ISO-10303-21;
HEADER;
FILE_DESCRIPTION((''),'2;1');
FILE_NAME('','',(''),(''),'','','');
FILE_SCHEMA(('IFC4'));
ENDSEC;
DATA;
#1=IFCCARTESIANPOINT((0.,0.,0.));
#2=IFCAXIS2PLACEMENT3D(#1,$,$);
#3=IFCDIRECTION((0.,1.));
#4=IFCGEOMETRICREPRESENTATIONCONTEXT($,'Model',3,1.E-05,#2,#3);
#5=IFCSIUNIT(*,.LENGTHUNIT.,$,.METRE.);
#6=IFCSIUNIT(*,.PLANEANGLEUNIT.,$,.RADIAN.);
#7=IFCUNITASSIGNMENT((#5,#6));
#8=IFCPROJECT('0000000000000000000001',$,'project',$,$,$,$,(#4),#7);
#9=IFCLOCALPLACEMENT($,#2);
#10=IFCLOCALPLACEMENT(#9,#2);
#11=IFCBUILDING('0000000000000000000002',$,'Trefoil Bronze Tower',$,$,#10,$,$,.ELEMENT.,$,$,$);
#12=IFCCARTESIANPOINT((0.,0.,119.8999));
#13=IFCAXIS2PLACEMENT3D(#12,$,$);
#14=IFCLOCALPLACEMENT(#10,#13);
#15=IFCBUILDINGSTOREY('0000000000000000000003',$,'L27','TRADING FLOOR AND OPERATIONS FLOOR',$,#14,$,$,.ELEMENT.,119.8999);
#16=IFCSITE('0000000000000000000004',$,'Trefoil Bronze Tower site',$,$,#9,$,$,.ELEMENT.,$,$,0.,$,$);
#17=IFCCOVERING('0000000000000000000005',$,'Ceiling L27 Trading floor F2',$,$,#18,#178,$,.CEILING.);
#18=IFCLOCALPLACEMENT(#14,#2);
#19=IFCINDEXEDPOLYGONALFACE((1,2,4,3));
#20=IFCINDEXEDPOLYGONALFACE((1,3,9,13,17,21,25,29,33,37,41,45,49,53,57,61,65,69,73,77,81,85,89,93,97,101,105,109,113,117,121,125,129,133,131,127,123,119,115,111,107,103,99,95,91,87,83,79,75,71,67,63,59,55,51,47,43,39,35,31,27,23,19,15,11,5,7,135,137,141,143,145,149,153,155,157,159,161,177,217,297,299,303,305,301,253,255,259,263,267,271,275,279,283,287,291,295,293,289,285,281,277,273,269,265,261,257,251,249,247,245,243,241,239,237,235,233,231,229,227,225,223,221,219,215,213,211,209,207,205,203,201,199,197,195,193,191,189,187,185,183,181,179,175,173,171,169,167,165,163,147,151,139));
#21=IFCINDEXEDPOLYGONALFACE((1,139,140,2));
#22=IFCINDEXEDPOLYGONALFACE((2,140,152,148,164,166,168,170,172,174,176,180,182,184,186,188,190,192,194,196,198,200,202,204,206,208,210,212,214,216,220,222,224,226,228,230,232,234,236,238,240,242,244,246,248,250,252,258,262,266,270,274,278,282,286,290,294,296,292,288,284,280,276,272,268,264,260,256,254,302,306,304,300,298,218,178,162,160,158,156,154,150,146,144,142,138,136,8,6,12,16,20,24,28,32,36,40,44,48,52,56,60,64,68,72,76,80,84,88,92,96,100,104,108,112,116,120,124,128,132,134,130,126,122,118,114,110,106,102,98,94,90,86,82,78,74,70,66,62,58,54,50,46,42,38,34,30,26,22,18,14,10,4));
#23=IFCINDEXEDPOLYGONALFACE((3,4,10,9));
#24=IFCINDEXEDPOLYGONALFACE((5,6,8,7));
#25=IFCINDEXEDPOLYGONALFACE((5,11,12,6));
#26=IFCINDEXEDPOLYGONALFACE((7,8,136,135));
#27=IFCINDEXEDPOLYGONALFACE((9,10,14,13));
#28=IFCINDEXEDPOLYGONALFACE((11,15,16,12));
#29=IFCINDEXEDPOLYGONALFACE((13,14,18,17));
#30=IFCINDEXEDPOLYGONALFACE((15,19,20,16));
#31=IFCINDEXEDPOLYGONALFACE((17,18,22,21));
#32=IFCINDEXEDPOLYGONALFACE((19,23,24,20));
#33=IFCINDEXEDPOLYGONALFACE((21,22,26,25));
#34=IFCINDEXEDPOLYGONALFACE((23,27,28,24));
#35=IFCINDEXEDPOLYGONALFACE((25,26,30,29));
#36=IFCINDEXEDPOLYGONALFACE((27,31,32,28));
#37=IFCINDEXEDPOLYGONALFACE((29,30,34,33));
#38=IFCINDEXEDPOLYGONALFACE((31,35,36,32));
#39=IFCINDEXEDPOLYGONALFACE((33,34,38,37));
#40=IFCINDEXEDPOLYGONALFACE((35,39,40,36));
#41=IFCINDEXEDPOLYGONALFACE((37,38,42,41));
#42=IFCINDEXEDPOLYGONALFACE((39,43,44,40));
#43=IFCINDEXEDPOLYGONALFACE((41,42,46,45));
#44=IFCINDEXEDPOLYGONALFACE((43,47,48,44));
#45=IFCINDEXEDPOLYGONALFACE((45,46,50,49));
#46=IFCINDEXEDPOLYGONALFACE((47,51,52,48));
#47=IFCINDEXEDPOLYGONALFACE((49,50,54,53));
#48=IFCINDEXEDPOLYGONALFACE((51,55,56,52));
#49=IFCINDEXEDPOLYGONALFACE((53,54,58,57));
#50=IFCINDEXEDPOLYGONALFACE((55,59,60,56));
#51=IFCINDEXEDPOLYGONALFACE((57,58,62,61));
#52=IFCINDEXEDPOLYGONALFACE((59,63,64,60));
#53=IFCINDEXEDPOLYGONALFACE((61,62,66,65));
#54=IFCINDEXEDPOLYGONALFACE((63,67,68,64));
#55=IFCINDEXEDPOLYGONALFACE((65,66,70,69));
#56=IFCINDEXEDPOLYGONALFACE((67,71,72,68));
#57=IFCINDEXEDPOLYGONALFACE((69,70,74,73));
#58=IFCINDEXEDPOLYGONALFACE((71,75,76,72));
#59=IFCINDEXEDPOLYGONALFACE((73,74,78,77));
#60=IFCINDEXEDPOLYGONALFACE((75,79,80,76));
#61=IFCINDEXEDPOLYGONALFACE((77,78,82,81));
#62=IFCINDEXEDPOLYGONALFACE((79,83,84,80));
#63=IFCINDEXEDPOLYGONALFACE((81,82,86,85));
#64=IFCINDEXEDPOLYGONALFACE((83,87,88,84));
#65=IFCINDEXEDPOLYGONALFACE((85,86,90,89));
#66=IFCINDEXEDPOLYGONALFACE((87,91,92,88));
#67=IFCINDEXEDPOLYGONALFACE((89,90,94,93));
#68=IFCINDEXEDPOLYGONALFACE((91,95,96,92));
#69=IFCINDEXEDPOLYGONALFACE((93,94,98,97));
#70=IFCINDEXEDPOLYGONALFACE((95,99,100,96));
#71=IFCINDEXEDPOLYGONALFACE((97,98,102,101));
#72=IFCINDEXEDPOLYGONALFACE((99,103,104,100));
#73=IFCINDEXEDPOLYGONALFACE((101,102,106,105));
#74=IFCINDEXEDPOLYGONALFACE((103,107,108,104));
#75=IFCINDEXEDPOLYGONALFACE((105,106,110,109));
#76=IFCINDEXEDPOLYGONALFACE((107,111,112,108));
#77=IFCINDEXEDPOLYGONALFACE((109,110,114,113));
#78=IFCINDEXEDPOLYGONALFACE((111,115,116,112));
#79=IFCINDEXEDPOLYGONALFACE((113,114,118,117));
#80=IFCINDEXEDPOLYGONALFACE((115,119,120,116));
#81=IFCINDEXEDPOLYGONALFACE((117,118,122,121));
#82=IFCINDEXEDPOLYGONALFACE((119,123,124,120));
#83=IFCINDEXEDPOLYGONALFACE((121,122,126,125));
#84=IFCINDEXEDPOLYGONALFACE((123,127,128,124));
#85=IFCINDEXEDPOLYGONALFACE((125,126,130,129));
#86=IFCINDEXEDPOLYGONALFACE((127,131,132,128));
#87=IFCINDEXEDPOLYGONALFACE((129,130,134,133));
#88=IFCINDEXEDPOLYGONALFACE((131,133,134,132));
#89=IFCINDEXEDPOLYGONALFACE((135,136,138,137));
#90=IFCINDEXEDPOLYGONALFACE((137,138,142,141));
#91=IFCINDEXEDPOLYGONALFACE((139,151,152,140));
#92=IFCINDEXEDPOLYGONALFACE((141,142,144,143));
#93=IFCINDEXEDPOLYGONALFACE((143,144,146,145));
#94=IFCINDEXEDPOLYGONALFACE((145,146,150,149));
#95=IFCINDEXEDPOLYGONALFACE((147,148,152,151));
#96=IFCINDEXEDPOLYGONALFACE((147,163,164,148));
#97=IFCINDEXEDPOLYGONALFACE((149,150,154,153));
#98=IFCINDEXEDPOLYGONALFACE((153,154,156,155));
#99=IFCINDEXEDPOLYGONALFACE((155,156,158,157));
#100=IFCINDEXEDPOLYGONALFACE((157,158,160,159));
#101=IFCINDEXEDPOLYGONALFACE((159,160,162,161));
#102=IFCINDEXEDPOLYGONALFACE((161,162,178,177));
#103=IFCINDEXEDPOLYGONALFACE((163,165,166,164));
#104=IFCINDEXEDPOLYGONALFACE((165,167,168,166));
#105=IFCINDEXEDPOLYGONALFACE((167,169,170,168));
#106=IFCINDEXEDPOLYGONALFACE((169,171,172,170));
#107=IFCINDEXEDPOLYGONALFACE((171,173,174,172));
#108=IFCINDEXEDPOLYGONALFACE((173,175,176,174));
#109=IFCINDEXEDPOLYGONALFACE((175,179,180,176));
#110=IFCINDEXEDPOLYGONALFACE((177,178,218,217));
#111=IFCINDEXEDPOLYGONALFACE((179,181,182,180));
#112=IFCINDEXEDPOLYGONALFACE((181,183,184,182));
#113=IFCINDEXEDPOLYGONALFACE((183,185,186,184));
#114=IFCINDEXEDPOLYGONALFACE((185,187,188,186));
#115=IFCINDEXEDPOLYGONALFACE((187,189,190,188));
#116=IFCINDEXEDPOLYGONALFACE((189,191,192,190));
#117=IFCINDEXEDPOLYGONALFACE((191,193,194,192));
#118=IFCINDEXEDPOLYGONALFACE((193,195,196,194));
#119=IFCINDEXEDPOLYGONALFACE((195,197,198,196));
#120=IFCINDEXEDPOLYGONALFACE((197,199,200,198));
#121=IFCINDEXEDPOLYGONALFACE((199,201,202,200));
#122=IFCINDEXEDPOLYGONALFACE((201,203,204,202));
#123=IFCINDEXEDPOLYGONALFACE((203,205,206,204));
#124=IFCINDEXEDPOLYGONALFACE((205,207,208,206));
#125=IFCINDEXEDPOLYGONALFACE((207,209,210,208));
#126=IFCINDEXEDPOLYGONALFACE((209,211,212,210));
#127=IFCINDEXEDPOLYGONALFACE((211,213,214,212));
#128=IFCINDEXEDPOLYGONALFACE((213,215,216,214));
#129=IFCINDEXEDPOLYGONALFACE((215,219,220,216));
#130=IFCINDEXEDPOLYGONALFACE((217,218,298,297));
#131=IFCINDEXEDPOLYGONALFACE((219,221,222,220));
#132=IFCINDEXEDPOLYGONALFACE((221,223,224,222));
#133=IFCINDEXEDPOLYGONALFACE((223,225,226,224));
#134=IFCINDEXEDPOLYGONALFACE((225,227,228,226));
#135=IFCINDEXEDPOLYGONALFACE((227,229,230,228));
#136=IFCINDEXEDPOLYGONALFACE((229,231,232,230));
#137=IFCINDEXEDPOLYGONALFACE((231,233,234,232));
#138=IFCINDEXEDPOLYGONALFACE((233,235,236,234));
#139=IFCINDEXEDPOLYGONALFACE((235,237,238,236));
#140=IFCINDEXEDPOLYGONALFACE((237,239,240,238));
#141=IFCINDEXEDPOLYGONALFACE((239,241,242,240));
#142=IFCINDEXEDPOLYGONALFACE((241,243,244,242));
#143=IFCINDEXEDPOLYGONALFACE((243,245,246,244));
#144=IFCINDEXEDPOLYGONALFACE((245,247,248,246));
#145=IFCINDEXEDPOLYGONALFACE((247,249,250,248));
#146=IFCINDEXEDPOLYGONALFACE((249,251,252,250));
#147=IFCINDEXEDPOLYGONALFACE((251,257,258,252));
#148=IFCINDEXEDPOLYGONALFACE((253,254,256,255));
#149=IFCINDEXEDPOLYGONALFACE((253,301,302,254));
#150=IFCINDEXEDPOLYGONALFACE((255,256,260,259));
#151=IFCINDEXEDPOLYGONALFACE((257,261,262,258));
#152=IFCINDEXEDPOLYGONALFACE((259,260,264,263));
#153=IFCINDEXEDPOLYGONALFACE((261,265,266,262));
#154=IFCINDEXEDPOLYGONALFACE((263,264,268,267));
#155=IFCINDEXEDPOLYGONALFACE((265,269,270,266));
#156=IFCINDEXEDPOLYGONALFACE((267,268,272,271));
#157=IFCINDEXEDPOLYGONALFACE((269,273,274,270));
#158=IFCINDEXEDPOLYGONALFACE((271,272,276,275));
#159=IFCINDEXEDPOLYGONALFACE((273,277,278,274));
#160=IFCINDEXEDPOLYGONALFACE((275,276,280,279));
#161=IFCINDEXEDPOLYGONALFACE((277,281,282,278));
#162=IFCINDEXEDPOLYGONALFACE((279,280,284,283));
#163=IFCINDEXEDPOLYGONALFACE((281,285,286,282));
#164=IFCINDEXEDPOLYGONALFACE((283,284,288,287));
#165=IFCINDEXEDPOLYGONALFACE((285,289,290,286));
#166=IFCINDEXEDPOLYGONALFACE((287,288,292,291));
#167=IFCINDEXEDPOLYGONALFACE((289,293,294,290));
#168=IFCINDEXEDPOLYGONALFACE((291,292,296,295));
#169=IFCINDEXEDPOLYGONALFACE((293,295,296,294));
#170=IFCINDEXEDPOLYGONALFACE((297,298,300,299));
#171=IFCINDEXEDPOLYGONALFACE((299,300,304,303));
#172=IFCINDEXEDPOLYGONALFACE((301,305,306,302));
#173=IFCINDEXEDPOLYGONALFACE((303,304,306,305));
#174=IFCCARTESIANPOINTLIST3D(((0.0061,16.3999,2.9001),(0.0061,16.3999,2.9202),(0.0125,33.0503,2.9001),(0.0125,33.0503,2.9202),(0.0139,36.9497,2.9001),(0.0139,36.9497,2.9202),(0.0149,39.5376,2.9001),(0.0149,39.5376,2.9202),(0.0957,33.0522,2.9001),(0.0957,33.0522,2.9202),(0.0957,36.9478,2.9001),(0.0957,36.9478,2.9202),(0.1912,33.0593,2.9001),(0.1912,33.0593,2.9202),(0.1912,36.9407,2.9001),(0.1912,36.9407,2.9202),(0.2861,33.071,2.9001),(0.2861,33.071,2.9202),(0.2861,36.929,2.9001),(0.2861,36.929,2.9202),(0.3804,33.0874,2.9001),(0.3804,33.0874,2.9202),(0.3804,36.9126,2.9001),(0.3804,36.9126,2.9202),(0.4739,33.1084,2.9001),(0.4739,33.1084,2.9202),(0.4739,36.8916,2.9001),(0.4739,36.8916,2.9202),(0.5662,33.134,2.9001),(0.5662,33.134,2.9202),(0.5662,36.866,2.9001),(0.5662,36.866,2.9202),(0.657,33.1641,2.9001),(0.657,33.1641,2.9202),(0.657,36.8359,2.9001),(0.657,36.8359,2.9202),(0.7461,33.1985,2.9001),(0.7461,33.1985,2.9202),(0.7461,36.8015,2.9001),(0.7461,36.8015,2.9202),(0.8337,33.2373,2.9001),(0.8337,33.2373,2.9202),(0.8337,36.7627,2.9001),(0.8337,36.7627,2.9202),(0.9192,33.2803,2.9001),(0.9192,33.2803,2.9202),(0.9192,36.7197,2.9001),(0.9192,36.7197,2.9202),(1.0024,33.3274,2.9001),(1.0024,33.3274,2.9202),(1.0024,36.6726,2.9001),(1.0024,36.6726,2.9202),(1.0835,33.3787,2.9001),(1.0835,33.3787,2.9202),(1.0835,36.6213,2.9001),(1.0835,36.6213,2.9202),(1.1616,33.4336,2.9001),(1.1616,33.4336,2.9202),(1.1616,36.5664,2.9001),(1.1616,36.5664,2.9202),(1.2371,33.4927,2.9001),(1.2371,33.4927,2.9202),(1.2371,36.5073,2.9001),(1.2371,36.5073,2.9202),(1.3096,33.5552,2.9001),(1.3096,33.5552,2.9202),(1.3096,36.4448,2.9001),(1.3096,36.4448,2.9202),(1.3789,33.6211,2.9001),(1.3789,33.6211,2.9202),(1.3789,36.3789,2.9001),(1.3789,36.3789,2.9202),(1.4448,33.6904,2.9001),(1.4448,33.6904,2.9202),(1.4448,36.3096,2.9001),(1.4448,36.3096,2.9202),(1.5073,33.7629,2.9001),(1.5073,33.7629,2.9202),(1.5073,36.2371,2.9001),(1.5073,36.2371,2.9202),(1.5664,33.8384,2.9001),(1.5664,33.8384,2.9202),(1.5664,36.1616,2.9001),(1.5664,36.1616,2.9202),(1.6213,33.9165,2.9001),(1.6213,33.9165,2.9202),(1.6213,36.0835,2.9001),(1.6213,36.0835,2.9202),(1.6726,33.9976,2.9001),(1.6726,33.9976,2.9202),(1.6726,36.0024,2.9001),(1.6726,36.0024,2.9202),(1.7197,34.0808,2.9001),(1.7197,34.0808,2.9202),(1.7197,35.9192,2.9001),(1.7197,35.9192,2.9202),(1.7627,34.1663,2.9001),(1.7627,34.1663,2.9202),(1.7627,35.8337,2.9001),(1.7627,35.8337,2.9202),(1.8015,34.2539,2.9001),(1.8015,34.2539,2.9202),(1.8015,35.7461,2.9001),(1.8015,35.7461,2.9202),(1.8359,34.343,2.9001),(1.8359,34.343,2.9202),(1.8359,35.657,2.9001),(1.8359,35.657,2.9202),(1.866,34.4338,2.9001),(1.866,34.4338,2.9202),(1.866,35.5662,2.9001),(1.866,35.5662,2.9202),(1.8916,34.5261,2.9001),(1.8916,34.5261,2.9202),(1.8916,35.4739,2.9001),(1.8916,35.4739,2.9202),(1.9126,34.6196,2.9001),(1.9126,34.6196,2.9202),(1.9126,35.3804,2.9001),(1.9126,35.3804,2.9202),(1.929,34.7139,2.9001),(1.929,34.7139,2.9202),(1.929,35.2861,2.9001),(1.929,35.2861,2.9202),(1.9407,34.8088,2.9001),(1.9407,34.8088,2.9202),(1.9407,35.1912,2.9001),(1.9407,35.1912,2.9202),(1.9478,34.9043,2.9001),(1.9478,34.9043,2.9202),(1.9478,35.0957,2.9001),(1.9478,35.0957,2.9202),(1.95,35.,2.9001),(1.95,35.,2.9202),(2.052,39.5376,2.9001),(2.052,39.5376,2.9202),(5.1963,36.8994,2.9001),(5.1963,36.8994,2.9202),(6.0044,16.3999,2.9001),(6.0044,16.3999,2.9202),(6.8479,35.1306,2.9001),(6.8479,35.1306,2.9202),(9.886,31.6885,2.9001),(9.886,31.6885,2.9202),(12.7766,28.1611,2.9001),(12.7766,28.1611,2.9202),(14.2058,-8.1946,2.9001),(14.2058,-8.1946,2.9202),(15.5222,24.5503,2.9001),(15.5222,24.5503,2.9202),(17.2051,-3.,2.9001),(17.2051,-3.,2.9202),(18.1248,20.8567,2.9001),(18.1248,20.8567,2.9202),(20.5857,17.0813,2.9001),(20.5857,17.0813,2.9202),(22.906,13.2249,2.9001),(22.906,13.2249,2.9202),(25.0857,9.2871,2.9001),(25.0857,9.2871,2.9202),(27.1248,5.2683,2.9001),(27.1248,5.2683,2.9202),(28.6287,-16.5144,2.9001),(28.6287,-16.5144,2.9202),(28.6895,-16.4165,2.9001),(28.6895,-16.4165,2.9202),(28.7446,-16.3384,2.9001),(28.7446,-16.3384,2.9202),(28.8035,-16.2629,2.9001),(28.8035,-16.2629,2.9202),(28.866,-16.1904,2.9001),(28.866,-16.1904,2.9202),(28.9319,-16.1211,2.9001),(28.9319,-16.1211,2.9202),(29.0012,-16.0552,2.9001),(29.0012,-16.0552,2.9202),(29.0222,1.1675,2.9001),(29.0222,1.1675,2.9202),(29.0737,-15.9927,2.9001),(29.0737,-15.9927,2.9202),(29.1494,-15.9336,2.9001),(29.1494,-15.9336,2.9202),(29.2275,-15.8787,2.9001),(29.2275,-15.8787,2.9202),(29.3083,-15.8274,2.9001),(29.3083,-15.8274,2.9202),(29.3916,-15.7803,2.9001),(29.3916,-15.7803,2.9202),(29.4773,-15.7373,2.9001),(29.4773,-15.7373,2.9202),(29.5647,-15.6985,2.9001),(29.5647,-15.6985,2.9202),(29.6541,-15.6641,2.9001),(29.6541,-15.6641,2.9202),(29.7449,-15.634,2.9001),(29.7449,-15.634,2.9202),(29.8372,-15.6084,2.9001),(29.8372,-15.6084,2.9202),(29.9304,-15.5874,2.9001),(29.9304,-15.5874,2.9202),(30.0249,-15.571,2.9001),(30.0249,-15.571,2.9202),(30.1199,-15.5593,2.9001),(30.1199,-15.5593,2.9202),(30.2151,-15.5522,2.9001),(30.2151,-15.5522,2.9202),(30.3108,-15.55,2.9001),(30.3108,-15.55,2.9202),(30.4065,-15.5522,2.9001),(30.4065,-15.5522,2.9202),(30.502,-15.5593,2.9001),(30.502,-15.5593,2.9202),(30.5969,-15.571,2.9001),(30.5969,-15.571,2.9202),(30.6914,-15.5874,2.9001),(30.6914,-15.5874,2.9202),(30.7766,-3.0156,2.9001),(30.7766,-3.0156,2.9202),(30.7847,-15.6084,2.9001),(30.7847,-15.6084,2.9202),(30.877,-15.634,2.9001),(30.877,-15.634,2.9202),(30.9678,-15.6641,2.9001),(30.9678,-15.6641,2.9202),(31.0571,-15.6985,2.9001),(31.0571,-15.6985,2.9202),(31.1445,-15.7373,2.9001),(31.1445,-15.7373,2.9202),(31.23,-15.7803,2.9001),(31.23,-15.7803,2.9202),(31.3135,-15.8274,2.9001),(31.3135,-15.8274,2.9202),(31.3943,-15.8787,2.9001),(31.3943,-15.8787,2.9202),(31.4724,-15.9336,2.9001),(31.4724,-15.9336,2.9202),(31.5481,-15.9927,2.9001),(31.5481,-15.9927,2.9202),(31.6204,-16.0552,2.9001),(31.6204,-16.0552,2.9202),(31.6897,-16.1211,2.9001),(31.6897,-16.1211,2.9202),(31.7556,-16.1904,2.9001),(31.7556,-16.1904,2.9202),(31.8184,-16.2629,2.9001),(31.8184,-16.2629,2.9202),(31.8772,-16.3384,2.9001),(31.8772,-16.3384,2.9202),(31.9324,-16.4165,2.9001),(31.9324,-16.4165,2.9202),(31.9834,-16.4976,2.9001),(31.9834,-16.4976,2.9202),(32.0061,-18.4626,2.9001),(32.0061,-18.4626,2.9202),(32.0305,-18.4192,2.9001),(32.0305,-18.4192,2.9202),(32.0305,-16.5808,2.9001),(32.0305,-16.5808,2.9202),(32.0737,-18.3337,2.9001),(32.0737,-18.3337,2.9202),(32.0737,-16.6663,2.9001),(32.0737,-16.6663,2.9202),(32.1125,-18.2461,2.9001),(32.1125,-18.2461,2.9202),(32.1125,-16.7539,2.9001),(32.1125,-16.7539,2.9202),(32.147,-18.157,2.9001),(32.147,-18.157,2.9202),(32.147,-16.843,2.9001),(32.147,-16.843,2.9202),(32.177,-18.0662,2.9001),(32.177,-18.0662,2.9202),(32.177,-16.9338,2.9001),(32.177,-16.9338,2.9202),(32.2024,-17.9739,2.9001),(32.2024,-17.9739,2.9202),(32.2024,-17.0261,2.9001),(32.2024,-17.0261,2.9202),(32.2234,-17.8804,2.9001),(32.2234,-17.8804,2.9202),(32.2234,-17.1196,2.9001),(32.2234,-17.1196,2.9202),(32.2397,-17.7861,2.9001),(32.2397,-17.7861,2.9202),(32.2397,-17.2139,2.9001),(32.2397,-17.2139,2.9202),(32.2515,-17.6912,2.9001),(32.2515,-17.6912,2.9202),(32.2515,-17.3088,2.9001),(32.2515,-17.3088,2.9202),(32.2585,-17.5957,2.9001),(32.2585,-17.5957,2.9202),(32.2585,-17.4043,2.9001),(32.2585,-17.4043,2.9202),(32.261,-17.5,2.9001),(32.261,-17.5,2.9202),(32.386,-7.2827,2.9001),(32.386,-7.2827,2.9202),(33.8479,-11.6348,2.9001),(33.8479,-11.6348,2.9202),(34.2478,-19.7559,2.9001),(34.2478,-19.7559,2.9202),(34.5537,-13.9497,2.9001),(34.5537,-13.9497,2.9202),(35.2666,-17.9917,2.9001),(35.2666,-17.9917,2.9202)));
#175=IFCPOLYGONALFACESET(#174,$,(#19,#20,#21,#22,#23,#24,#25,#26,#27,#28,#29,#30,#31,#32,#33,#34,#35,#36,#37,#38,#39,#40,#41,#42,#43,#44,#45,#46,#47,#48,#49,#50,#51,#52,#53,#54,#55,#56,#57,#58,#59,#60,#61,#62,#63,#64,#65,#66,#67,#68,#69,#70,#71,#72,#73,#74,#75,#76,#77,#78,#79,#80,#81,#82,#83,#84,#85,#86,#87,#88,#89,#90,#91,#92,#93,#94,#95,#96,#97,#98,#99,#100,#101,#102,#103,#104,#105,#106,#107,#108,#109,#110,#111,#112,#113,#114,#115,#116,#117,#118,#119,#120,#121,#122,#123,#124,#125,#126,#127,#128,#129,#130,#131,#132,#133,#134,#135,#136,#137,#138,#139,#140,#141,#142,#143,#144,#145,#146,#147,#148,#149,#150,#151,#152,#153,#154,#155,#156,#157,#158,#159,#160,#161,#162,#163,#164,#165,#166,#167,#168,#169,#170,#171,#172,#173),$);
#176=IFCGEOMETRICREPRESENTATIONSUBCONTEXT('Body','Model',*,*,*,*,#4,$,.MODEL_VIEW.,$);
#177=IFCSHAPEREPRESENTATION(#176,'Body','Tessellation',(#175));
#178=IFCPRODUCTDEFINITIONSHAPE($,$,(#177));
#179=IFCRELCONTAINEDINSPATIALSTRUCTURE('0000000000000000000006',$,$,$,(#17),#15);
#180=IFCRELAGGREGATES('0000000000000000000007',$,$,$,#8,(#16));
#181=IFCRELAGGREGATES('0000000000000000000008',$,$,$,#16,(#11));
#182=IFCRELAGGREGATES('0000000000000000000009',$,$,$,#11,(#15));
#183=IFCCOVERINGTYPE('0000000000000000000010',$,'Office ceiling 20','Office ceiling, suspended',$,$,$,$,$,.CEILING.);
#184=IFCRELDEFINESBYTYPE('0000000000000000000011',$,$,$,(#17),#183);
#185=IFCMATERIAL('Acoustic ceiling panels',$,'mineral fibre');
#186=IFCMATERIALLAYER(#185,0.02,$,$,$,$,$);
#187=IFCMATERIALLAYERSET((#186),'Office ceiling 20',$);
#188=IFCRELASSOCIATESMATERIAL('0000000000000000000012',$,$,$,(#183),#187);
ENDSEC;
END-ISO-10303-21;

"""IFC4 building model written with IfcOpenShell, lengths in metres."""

from ifc_helpers import new_model, si_unit, direction, frame, origin, place, context, subcontext, project, spatial, polyline, outline, extrude, material, layer, layer_set, type_object, element, save


model = new_model("IFC4")

# Units and contexts
model_context = context("Model", 3, precision=1e-05, world=origin(), true_north=direction((0.0, 1.0)))
body_context = subcontext(model_context, "Body", "Model", "MODEL_VIEW")
ifc_project = project(units=[si_unit("LENGTHUNIT", "METRE"), si_unit("PLANEANGLEUNIT", "RADIAN")], contexts=[model_context])

# Site, building, storey
site_placement = place(None, origin())
site = spatial("IfcSite", under=ifc_project, at=site_placement, Name="Trefoil Bronze Tower site", CompositionType="ELEMENT", RefElevation=0.0)
building_placement = place(site_placement, origin())
building = spatial("IfcBuilding", under=site, at=building_placement, Name="Trefoil Bronze Tower", CompositionType="ELEMENT")
storey_placement = place(building_placement, frame((0.0, 0.0, 119.8999)))
storey = spatial("IfcBuildingStorey", under=building, at=storey_placement, Name="L27", Description="TRADING FLOOR AND OPERATIONS FLOOR", CompositionType="ELEMENT", Elevation=119.8999)

# Covering
ifc_material_1 = material(Name="Acoustic ceiling panels", Category="mineral fibre")
ifc_layer_1 = layer(ifc_material_1, 0.02)
ifc_layer_set_1 = layer_set([ifc_layer_1], Name="Office ceiling 20")
covering_type_1 = type_object("IfcCoveringType", Name="Office ceiling 20", Description="Office ceiling, suspended", PredefinedType="CEILING", material=ifc_layer_set_1)
covering_1_placement = place(storey_placement, frame((0.0, 0.0, 2.9001)))
element("IfcCovering", 1, at=covering_1_placement, inside=storey, type_object=covering_type_1, Name="Ceiling L27 Trading floor F2", PredefinedType="CEILING", context=body_context, shape_type="SweptSolid", body=[
    extrude(outline(polyline([(6.8479, 35.1306), (9.886, 31.6885), (12.7766, 28.1611), (15.5222, 24.5503), (18.1248, 20.8567), (20.5857, 17.0813), (22.906, 13.2249), (25.0857, 9.2871), (27.1248, 5.2683), (29.0222, 1.1675), (30.7766, -3.0156), (32.386, -7.2827), (33.8479, -11.6348), (34.5537, -13.9497), (35.2666, -17.9917), (34.2478, -19.7559), (32.0061, -18.4626), (32.0305, -18.4192), (32.0737, -18.3337), (32.1125, -18.2461), (32.147, -18.157), (32.177, -18.0662), (32.2024, -17.9739), (32.2234, -17.8804), (32.2397, -17.7861), (32.2515, -17.6912), (32.2585, -17.5957), (32.261, -17.5), (32.2585, -17.4043), (32.2515, -17.3088), (32.2397, -17.2139), (32.2234, -17.1196), (32.2024, -17.0261), (32.177, -16.9338), (32.147, -16.843), (32.1125, -16.7539), (32.0737, -16.6663), (32.0305, -16.5808), (31.9834, -16.4976), (31.9324, -16.4165), (31.8772, -16.3384), (31.8184, -16.2629), (31.7556, -16.1904), (31.6897, -16.1211), (31.6204, -16.0552), (31.5481, -15.9927), (31.4724, -15.9336), (31.3943, -15.8787), (31.3135, -15.8274), (31.23, -15.7803), (31.1445, -15.7373), (31.0571, -15.6985), (30.9678, -15.6641), (30.877, -15.634), (30.7847, -15.6084), (30.6914, -15.5874), (30.5969, -15.571), (30.502, -15.5593), (30.4065, -15.5522), (30.3108, -15.55), (30.2151, -15.5522), (30.1199, -15.5593), (30.0249, -15.571), (29.9304, -15.5874), (29.8372, -15.6084), (29.7449, -15.634), (29.6541, -15.6641), (29.5647, -15.6985), (29.4773, -15.7373), (29.3916, -15.7803), (29.3083, -15.8274), (29.2275, -15.8787), (29.1494, -15.9336), (29.0737, -15.9927), (29.0012, -16.0552), (28.9319, -16.1211), (28.866, -16.1904), (28.8035, -16.2629), (28.7446, -16.3384), (28.6895, -16.4165), (28.6287, -16.5144), (14.2058, -8.1946), (17.2051, -3.0), (6.0044, 16.3999), (0.0061, 16.3999), (0.0125, 33.0503), (0.0957, 33.0522), (0.1912, 33.0593), (0.2861, 33.071), (0.3804, 33.0874), (0.4739, 33.1084), (0.5662, 33.134), (0.657, 33.1641), (0.7461, 33.1985), (0.8337, 33.2373), (0.9192, 33.2803), (1.0024, 33.3274), (1.0835, 33.3787), (1.1616, 33.4336), (1.2371, 33.4927), (1.3096, 33.5552), (1.3789, 33.6211), (1.4448, 33.6904), (1.5073, 33.7629), (1.5664, 33.8384), (1.6213, 33.9165), (1.6726, 33.9976), (1.7197, 34.0808), (1.7627, 34.1663), (1.8015, 34.2539), (1.8359, 34.343), (1.866, 34.4338), (1.8916, 34.5261), (1.9126, 34.6196), (1.929, 34.7139), (1.9407, 34.8088), (1.9478, 34.9043), (1.95, 35.0), (1.9478, 35.0957), (1.9407, 35.1912), (1.929, 35.2861), (1.9126, 35.3804), (1.8916, 35.4739), (1.866, 35.5662), (1.8359, 35.657), (1.8015, 35.7461), (1.7627, 35.8337), (1.7197, 35.9192), (1.6726, 36.0024), (1.6213, 36.0835), (1.5664, 36.1616), (1.5073, 36.2371), (1.4448, 36.3096), (1.3789, 36.3789), (1.3096, 36.4448), (1.2371, 36.5073), (1.1616, 36.5664), (1.0835, 36.6213), (1.0024, 36.6726), (0.9192, 36.7197), (0.8337, 36.7627), (0.7461, 36.8015), (0.657, 36.8359), (0.5662, 36.866), (0.4739, 36.8916), (0.3804, 36.9126), (0.2861, 36.929), (0.1912, 36.9407), (0.0957, 36.9478), (0.0139, 36.9497), (0.0149, 39.5376), (2.052, 39.5376), (5.1963, 36.8994), (6.8479, 35.1306)])), origin(), (0.0, 0.0, 1.0), 0.02),
])

save(model, "model.ifc")
